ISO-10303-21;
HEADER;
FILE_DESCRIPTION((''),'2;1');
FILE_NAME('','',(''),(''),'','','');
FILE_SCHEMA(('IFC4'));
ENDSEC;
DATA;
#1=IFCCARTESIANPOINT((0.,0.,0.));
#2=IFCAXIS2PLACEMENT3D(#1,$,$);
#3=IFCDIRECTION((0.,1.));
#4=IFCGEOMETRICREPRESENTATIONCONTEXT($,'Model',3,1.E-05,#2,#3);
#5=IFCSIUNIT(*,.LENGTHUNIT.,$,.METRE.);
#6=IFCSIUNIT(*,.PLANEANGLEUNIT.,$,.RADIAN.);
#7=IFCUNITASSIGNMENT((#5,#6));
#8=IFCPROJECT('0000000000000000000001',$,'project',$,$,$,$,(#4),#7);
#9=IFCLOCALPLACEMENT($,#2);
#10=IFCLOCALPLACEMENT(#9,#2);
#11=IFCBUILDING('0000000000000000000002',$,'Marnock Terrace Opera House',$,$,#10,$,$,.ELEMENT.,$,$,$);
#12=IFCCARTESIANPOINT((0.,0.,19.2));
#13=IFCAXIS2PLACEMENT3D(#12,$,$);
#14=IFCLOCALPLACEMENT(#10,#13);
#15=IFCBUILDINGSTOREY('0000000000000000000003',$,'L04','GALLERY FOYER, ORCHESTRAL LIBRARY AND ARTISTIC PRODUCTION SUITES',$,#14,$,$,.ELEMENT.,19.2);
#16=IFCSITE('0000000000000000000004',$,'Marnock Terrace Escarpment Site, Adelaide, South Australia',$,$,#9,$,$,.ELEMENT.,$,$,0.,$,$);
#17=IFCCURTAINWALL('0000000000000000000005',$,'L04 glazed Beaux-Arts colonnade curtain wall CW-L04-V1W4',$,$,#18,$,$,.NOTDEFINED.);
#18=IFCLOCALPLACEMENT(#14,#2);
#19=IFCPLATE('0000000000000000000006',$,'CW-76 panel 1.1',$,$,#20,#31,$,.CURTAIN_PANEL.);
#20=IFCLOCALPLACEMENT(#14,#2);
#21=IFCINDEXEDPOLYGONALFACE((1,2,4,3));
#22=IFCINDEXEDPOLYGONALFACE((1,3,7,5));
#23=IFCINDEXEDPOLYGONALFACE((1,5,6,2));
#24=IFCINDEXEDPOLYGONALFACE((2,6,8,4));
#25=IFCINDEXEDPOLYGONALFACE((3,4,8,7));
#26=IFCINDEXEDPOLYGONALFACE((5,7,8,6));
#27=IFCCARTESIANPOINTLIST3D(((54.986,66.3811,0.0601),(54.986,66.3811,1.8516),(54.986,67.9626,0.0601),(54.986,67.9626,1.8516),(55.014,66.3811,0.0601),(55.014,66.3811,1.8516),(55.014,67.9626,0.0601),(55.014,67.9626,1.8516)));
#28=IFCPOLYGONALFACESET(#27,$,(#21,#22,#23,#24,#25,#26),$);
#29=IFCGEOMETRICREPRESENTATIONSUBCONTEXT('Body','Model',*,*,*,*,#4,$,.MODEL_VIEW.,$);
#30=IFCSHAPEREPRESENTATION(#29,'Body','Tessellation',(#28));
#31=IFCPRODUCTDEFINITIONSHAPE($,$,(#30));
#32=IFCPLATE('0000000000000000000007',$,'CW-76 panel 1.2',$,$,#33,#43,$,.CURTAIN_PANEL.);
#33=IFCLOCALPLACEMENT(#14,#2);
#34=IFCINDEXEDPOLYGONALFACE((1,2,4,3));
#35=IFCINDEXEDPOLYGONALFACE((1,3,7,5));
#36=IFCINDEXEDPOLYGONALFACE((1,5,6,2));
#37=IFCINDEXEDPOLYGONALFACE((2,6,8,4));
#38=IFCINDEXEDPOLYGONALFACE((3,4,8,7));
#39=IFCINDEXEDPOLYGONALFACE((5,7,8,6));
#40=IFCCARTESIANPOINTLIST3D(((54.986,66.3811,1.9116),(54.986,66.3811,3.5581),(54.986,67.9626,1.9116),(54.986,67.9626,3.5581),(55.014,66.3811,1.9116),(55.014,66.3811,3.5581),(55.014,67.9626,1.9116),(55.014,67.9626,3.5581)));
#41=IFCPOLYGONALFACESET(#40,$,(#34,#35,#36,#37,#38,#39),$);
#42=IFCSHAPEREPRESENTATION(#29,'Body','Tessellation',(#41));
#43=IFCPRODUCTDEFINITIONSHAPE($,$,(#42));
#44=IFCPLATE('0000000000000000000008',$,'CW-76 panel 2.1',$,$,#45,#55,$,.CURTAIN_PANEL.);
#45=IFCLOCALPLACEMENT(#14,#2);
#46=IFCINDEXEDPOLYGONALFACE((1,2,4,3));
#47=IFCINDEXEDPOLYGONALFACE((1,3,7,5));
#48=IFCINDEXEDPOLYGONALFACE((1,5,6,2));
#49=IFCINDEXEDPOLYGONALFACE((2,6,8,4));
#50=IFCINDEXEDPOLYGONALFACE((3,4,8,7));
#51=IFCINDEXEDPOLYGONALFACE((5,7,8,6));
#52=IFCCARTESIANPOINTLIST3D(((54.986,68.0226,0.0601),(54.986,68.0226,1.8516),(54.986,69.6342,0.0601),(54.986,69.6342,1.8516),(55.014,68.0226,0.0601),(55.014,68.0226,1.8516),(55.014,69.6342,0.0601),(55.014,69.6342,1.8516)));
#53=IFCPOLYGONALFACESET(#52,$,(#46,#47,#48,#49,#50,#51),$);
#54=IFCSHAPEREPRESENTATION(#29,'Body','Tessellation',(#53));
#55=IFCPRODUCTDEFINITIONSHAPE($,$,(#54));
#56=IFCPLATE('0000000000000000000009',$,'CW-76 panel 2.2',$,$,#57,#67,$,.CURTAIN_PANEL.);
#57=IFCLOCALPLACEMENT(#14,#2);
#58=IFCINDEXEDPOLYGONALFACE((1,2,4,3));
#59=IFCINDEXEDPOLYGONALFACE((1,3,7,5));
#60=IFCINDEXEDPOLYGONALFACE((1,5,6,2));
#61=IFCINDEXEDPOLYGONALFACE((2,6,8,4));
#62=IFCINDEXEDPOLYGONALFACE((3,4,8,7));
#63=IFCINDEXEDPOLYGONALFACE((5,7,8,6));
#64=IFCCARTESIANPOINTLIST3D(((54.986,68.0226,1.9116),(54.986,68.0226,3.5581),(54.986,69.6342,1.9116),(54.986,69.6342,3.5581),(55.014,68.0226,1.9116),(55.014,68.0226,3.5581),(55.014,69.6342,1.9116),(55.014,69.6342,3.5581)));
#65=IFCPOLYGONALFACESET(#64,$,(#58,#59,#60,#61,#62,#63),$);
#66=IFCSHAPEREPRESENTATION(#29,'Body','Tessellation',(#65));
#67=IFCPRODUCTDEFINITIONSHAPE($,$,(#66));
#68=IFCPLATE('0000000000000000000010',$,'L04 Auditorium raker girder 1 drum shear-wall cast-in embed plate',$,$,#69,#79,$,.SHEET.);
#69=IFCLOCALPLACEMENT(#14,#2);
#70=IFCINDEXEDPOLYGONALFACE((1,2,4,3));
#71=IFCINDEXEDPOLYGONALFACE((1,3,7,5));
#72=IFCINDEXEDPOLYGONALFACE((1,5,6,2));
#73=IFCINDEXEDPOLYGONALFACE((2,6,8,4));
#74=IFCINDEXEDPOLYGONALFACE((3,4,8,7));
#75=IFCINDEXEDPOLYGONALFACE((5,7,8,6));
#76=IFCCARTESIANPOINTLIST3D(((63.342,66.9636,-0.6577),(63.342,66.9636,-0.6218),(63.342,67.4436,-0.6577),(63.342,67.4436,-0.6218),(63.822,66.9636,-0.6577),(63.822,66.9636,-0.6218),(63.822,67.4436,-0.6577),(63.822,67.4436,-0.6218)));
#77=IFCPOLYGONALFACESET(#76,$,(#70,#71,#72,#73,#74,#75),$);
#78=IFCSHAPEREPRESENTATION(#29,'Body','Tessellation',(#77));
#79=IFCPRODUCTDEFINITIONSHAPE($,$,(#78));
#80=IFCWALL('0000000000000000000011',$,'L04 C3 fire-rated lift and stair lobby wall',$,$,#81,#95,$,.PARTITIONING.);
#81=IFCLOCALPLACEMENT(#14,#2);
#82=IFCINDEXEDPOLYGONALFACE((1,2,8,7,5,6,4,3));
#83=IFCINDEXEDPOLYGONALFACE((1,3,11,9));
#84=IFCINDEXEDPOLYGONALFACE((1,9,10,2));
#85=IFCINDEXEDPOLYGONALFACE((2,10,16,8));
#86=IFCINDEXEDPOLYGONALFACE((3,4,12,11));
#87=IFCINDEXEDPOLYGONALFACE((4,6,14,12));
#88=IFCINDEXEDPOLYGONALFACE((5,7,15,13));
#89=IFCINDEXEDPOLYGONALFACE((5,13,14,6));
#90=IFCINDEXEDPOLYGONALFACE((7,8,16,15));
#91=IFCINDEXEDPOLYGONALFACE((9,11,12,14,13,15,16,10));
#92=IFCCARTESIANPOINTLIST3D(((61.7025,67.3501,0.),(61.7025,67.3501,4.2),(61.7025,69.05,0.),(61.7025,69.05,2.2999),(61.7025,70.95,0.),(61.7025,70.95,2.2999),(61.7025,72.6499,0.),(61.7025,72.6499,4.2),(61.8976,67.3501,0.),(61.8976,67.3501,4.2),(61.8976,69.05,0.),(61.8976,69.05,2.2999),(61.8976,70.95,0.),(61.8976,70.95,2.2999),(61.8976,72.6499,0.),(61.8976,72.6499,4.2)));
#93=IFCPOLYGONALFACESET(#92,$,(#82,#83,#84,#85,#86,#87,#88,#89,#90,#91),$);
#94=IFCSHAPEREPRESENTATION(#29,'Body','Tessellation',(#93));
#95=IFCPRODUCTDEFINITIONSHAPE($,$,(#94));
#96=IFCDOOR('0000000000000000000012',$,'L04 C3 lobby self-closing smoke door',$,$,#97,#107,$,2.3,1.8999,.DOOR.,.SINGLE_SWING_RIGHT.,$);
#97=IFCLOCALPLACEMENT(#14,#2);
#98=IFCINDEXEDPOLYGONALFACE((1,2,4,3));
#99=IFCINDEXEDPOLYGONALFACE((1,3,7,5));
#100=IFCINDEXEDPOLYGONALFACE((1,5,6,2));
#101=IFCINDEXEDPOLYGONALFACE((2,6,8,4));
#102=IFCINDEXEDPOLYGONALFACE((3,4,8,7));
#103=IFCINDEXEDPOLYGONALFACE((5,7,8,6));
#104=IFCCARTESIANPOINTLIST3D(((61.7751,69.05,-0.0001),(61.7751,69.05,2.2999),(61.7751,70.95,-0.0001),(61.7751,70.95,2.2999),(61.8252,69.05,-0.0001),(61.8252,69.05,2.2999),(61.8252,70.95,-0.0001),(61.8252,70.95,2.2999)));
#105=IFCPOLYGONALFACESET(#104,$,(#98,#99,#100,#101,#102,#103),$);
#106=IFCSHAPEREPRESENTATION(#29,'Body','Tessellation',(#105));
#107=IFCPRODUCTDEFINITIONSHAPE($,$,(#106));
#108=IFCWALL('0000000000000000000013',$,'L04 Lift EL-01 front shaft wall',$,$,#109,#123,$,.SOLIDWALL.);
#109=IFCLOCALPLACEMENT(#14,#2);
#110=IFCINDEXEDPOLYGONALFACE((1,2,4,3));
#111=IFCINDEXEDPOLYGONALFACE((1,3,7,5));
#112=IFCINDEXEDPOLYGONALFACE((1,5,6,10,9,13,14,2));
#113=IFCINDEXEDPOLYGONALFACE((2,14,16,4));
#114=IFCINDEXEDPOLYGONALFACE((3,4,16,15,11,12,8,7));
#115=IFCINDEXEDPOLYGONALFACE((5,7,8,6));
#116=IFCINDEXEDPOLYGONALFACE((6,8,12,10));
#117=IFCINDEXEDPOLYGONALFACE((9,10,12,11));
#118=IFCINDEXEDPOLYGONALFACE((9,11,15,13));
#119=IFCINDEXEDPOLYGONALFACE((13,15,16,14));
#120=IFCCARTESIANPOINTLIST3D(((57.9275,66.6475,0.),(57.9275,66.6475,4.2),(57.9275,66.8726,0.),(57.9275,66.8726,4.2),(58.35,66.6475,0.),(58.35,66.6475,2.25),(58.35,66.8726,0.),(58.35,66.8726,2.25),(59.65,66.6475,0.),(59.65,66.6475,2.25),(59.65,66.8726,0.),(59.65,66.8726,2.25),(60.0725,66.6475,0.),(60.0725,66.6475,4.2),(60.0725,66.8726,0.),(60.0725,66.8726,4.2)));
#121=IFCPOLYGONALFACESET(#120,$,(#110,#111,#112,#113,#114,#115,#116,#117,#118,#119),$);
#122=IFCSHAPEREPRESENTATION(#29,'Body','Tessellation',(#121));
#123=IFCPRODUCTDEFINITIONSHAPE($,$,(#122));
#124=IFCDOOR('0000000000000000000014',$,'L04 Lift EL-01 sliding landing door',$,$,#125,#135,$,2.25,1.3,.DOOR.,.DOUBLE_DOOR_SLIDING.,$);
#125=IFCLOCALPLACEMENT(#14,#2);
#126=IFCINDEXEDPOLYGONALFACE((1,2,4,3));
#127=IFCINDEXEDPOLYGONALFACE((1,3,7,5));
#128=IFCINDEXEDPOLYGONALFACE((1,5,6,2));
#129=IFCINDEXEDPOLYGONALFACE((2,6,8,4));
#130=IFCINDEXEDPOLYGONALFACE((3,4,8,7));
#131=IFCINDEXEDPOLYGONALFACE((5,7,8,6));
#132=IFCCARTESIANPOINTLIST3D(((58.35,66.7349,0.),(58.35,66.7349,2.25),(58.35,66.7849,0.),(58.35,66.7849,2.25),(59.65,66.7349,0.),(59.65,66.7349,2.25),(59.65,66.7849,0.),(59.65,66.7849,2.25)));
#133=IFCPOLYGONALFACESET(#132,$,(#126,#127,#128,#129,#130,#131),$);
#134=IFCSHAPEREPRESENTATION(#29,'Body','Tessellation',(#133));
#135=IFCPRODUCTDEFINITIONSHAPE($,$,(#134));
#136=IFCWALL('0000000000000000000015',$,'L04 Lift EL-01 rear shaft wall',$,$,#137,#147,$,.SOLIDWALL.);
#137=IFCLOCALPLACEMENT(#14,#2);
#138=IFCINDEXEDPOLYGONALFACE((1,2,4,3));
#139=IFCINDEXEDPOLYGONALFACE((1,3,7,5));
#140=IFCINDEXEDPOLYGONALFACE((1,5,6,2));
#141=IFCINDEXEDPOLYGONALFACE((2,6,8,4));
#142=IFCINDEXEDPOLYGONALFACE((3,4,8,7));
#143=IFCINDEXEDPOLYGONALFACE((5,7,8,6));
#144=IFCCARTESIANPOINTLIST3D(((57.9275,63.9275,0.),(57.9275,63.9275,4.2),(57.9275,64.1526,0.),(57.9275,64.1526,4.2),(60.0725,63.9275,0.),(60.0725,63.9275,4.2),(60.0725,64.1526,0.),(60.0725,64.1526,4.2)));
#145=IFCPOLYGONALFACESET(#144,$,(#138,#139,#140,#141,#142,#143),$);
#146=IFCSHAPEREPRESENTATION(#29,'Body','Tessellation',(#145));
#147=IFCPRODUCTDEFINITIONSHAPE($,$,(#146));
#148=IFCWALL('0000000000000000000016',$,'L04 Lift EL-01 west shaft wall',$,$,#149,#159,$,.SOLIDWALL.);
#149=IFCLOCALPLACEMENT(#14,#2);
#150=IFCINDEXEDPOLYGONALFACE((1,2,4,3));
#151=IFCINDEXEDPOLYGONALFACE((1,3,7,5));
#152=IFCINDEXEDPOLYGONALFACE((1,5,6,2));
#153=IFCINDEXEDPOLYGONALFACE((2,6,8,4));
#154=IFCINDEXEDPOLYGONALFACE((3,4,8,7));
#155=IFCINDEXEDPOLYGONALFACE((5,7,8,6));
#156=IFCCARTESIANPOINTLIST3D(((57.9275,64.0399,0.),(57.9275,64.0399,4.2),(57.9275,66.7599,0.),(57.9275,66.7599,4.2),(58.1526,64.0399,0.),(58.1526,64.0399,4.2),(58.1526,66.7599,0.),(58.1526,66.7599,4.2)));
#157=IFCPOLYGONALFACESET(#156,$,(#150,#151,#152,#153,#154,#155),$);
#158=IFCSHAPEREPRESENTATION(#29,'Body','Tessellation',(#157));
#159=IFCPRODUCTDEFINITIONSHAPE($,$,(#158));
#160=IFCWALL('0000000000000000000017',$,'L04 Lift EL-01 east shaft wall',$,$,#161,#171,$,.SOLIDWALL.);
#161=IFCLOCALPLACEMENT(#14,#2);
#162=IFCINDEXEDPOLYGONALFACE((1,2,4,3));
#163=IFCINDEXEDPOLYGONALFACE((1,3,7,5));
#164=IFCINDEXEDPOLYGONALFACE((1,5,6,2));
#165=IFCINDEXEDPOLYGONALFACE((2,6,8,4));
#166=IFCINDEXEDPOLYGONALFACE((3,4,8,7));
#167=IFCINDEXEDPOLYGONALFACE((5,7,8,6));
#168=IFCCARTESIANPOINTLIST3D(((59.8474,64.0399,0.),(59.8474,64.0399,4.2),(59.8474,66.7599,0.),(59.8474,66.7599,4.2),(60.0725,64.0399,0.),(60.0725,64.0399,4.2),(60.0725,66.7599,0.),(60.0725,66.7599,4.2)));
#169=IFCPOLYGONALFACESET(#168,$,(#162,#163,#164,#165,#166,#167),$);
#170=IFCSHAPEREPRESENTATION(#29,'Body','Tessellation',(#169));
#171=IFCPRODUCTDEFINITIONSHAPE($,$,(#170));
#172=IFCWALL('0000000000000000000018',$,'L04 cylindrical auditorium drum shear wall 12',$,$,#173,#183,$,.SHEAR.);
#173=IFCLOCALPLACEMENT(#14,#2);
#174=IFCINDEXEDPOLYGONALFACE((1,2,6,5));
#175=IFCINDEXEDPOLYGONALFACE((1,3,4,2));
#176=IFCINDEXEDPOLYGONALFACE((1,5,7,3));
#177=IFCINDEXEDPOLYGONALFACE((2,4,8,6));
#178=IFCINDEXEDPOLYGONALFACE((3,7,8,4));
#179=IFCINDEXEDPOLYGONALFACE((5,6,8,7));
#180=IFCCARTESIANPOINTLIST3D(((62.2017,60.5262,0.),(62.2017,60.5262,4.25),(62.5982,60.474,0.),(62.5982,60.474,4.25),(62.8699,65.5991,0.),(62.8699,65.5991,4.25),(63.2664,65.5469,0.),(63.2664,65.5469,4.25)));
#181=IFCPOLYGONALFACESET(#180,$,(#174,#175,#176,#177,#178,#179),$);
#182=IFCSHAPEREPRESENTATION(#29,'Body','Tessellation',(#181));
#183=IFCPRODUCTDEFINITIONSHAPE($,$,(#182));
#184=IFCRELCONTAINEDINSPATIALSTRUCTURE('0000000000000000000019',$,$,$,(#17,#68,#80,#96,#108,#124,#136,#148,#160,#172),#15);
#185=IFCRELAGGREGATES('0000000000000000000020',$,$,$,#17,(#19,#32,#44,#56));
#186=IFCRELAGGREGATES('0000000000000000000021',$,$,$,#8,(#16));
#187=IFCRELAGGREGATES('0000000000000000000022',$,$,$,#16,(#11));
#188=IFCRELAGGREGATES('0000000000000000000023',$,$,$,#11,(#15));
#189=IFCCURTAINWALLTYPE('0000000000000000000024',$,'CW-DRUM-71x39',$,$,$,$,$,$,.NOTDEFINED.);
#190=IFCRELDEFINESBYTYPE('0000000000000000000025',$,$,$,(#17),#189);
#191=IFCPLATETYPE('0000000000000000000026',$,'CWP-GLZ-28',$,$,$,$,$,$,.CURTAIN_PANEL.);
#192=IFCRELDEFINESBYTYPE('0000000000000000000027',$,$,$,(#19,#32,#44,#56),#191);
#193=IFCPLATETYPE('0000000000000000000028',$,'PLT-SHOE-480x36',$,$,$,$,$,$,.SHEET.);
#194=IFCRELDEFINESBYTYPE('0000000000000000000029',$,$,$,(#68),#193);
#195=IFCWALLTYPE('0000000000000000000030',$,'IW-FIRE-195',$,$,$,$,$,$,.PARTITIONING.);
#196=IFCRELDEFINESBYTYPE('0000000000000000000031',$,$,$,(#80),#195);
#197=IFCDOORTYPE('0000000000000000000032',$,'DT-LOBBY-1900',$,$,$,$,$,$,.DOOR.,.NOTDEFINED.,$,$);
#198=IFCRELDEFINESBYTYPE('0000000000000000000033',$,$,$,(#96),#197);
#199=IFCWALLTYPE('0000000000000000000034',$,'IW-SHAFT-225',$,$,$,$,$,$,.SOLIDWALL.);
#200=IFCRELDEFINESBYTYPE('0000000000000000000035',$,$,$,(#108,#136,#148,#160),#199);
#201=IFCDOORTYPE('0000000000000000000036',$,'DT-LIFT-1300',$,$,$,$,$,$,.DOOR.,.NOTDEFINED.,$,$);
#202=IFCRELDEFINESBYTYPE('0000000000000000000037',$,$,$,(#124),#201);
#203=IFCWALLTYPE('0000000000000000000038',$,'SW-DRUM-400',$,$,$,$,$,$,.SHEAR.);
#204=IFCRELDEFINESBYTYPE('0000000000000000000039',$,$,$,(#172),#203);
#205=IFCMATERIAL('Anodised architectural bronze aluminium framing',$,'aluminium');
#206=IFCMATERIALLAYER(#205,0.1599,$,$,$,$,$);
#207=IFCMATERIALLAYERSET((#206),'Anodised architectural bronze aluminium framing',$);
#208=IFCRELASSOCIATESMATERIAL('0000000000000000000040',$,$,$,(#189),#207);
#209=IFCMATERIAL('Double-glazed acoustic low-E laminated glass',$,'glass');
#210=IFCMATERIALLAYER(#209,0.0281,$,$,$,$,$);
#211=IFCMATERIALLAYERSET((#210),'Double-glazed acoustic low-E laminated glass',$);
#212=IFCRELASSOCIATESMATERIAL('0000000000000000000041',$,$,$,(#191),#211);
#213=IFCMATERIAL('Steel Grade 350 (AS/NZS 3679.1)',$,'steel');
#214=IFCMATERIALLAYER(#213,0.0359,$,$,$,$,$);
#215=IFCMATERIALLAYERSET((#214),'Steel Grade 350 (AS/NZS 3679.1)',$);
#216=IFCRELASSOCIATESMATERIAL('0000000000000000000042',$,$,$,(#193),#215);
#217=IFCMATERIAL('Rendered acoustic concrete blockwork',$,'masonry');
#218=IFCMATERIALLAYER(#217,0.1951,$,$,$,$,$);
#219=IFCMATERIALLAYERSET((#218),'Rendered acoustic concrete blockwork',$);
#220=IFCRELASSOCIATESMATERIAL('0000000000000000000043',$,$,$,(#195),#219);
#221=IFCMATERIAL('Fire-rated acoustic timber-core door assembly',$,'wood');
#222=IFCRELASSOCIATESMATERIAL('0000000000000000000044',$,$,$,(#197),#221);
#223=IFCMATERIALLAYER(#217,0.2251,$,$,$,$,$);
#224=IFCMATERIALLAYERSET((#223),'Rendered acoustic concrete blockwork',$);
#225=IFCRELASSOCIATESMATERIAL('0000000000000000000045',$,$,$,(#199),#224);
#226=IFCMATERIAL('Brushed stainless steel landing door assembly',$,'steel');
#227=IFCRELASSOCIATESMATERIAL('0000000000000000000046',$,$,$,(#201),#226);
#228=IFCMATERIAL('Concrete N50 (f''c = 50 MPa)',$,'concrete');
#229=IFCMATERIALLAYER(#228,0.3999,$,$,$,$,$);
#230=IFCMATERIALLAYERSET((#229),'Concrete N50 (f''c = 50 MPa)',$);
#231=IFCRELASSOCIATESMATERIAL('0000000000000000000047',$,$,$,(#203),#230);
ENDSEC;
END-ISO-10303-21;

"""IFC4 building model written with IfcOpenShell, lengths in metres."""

from ifc_helpers import new_model, si_unit, direction, frame, frame_2d, origin, origin_2d, place, context, subcontext, project, spatial, rectangle, extrude, material, layer, layer_set, type_object, element, fill, aggregate, save


model = new_model("IFC4")

# Units and contexts
model_context = context("Model", 3, precision=1e-05, world=origin(), true_north=direction((0.0, 1.0)))
body_context = subcontext(model_context, "Body", "Model", "MODEL_VIEW")
ifc_project = project(units=[si_unit("LENGTHUNIT", "METRE"), si_unit("PLANEANGLEUNIT", "RADIAN")], contexts=[model_context])

# Site, building, storey
site_placement = place(None, origin())
site = spatial("IfcSite", under=ifc_project, at=site_placement, Name="Marnock Terrace Escarpment Site, Adelaide, South Australia", CompositionType="ELEMENT", RefElevation=0.0)
building_placement = place(site_placement, origin())
building = spatial("IfcBuilding", under=site, at=building_placement, Name="Marnock Terrace Opera House", CompositionType="ELEMENT")
storey_placement = place(building_placement, frame((0.0, 0.0, 19.2)))
storey = spatial("IfcBuildingStorey", under=building, at=storey_placement, Name="L04", Description="GALLERY FOYER, ORCHESTRAL LIBRARY AND ARTISTIC PRODUCTION SUITES", CompositionType="ELEMENT", Elevation=19.2)

# Shared definitions
ifc_material_1 = material(Name="Steel Grade 350 (AS/NZS 3679.1)", Category="steel")

# Curtain wall, plates
ifc_material_2 = material(Name="Anodised architectural bronze aluminium framing", Category="aluminium")
ifc_layer_1 = layer(ifc_material_2, 0.1599)
ifc_layer_set_1 = layer_set([ifc_layer_1], Name="Anodised architectural bronze aluminium framing")
curtain_wall_type = type_object("IfcCurtainWallType", Name="CW-DRUM-71x39", PredefinedType="NOTDEFINED", material=ifc_layer_set_1)
curtain_wall_placement = place(storey_placement, origin())
curtain_wall = element("IfcCurtainWall", 1, at=curtain_wall_placement, inside=storey, type_object=curtain_wall_type, Name="L04 glazed Beaux-Arts colonnade curtain wall CW-L04-V1W4", PredefinedType="NOTDEFINED")
ifc_material_3 = material(Name="Double-glazed acoustic low-E laminated glass", Category="glass")
ifc_layer_2 = layer(ifc_material_3, 0.0281)
ifc_layer_set_2 = layer_set([ifc_layer_2], Name="Double-glazed acoustic low-E laminated glass")
plate_type_1 = type_object("IfcPlateType", Name="CWP-GLZ-28", PredefinedType="CURTAIN_PANEL", material=ifc_layer_set_2)
plate_1_placement = place(storey_placement, frame((55.0, 67.1719, 0.0601), z_axis=(0.0, 0.0, 1.0), x_axis=(0.0, 1.0, 0.0)))
plate_1 = element("IfcPlate", 2, at=plate_1_placement, type_object=plate_type_1, Name="CW-76 panel 1.1", PredefinedType="CURTAIN_PANEL", context=body_context, shape_type="SweptSolid", body=[
    extrude(rectangle(XDim=1.5815, YDim=0.0281, at=origin_2d()), origin(), (0.0, 0.0, 1.0), 1.7915),
])
plate_2_placement = place(storey_placement, frame((55.0, 67.1719, 1.9116), z_axis=(0.0, 0.0, 1.0), x_axis=(0.0, 1.0, 0.0)))
plate_2 = element("IfcPlate", 3, at=plate_2_placement, type_object=plate_type_1, Name="CW-76 panel 1.2", PredefinedType="CURTAIN_PANEL", context=body_context, shape_type="SweptSolid", body=[
    extrude(rectangle(XDim=1.5815, YDim=0.0281, at=origin_2d()), origin(), (0.0, 0.0, 1.0), 1.6465),
])
plate_3_placement = place(storey_placement, frame((55.0, 68.8284, 0.0601), z_axis=(0.0, 0.0, 1.0), x_axis=(0.0, 1.0, 0.0)))
plate_3 = element("IfcPlate", 4, at=plate_3_placement, type_object=plate_type_1, Name="CW-76 panel 2.1", PredefinedType="CURTAIN_PANEL", context=body_context, shape_type="SweptSolid", body=[
    extrude(rectangle(XDim=1.6116, YDim=0.0281, at=origin_2d()), origin(), (0.0, 0.0, 1.0), 1.7915),
])
plate_4_placement = place(storey_placement, frame((55.0, 68.8284, 1.9116), z_axis=(0.0, 0.0, 1.0), x_axis=(0.0, 1.0, 0.0)))
plate_4 = element("IfcPlate", 5, at=plate_4_placement, type_object=plate_type_1, Name="CW-76 panel 2.2", PredefinedType="CURTAIN_PANEL", context=body_context, shape_type="SweptSolid", body=[
    extrude(rectangle(XDim=1.6116, YDim=0.0281, at=origin_2d()), origin(), (0.0, 0.0, 1.0), 1.6465),
])
aggregate(curtain_wall, [plate_1, plate_2, plate_3, plate_4])

# Plate
ifc_layer_3 = layer(ifc_material_1, 0.0359)
ifc_layer_set_3 = layer_set([ifc_layer_3], Name="Steel Grade 350 (AS/NZS 3679.1)")
plate_type_2 = type_object("IfcPlateType", Name="PLT-SHOE-480x36", PredefinedType="SHEET", material=ifc_layer_set_3)
plate_5_placement = place(storey_placement, frame((63.582, 67.2036, -0.6577), z_axis=(0.0, 0.0, 1.0), x_axis=(1.0, 0.0, 0.0)))
element("IfcPlate", 6, at=plate_5_placement, inside=storey, type_object=plate_type_2, Name="L04 Auditorium raker girder 1 drum shear-wall cast-in embed plate", PredefinedType="SHEET", context=body_context, shape_type="SweptSolid", body=[
    extrude(rectangle(XDim=0.48, YDim=0.48, at=origin_2d()), origin(), (0.0, 0.0, 1.0), 0.0359),
])

# Walls, openings, doors
ifc_material_4 = material(Name="Rendered acoustic concrete blockwork", Category="masonry")
ifc_layer_4 = layer(ifc_material_4, 0.1951)
ifc_layer_set_4 = layer_set([ifc_layer_4], Name="Rendered acoustic concrete blockwork")
wall_type_1 = type_object("IfcWallType", Name="IW-FIRE-195", PredefinedType="PARTITIONING", material=ifc_layer_set_4)
wall_1_placement = place(storey_placement, frame((61.8, 67.3501, 0.0), z_axis=(0.0, 0.0, 1.0), x_axis=(0.0, 1.0, 0.0)))
wall_1 = element("IfcWall", 7, at=wall_1_placement, inside=storey, type_object=wall_type_1, Name="L04 C3 fire-rated lift and stair lobby wall", PredefinedType="PARTITIONING", context=body_context, shape_type="SweptSolid", body=[
    extrude(rectangle(XDim=5.2998, YDim=0.1951, at=frame_2d((2.6499, 0.0))), origin(), (0.0, 0.0, 1.0), 4.2),
])
opening_1_placement = place(wall_1_placement, frame((1.7, 0.0, 0.0)))
opening_1 = element("IfcOpeningElement", 8, at=opening_1_placement, cuts=wall_1, PredefinedType="OPENING", context=body_context, shape_type="SweptSolid", body=[
    extrude(rectangle(XDim=1.8999, YDim=2.3, at=frame_2d((0.95, 1.1499))), frame((0.0, 0.1074, 0.0), z_axis=(0.0, -1.0, 0.0), x_axis=(1.0, 0.0, 0.0)), (0.0, 0.0, 1.0), 0.2151),
])
ifc_material_5 = material(Name="Fire-rated acoustic timber-core door assembly", Category="wood")
door_type_1 = type_object("IfcDoorType", Name="DT-LOBBY-1900", OperationType="NOTDEFINED", PredefinedType="DOOR", material=ifc_material_5)
door_1_placement = place(opening_1_placement, origin())
door_1 = element("IfcDoor", 9, at=door_1_placement, inside=storey, type_object=door_type_1, Name="L04 C3 lobby self-closing smoke door", OperationType="SINGLE_SWING_RIGHT", OverallHeight=2.3, OverallWidth=1.8999, PredefinedType="DOOR", context=body_context, shape_type="SweptSolid", body=[
    extrude(rectangle(XDim=1.8999, YDim=2.3, at=frame_2d((0.95, 1.1499))), frame((0.0, 0.0249, 0.0), z_axis=(0.0, -1.0, 0.0), x_axis=(1.0, 0.0, 0.0)), (0.0, 0.0, 1.0), 0.05),
])
fill(opening_1, door_1)
ifc_layer_5 = layer(ifc_material_4, 0.2251)
ifc_layer_set_5 = layer_set([ifc_layer_5], Name="Rendered acoustic concrete blockwork")
wall_type_2 = type_object("IfcWallType", Name="IW-SHAFT-225", PredefinedType="SOLIDWALL", material=ifc_layer_set_5)
wall_2_placement = place(storey_placement, frame((57.9275, 66.76, 0.0), z_axis=(0.0, 0.0, 1.0), x_axis=(1.0, 0.0, 0.0)))
wall_2 = element("IfcWall", 10, at=wall_2_placement, inside=storey, type_object=wall_type_2, Name="L04 Lift EL-01 front shaft wall", PredefinedType="SOLIDWALL", context=body_context, shape_type="SweptSolid", body=[
    extrude(rectangle(XDim=2.145, YDim=0.2251, at=frame_2d((1.0725, 0.0))), origin(), (0.0, 0.0, 1.0), 4.2),
])
opening_2_placement = place(wall_2_placement, frame((0.4226, 0.0, 0.0)))
opening_2 = element("IfcOpeningElement", 11, at=opening_2_placement, cuts=wall_2, PredefinedType="OPENING", context=body_context, shape_type="SweptSolid", body=[
    extrude(rectangle(XDim=1.3, YDim=2.25, at=frame_2d((0.6499, 1.125))), frame((0.0, 0.1226, 0.0), z_axis=(0.0, -1.0, 0.0), x_axis=(1.0, 0.0, 0.0)), (0.0, 0.0, 1.0), 0.2451),
])
ifc_material_6 = material(Name="Brushed stainless steel landing door assembly", Category="steel")
door_type_2 = type_object("IfcDoorType", Name="DT-LIFT-1300", OperationType="NOTDEFINED", PredefinedType="DOOR", material=ifc_material_6)
door_2_placement = place(opening_2_placement, origin())
door_2 = element("IfcDoor", 12, at=door_2_placement, inside=storey, type_object=door_type_2, Name="L04 Lift EL-01 sliding landing door", OperationType="DOUBLE_DOOR_SLIDING", OverallHeight=2.25, OverallWidth=1.3, PredefinedType="DOOR", context=body_context, shape_type="SweptSolid", body=[
    extrude(rectangle(XDim=1.3, YDim=2.25, at=frame_2d((0.6499, 1.125))), frame((0.0, 0.0249, 0.0), z_axis=(0.0, -1.0, 0.0), x_axis=(1.0, 0.0, 0.0)), (0.0, 0.0, 1.0), 0.05),
])
fill(opening_2, door_2)

# Walls
wall_3_placement = place(storey_placement, frame((57.9275, 64.04, 0.0), z_axis=(0.0, 0.0, 1.0), x_axis=(1.0, 0.0, 0.0)))
element("IfcWall", 13, at=wall_3_placement, inside=storey, type_object=wall_type_2, Name="L04 Lift EL-01 rear shaft wall", PredefinedType="SOLIDWALL", context=body_context, shape_type="SweptSolid", body=[
    extrude(rectangle(XDim=2.145, YDim=0.2251, at=frame_2d((1.0725, 0.0))), origin(), (0.0, 0.0, 1.0), 4.2),
])
for number, where, z_axis, x_axis, name in (
    (14, (58.04, 64.04, 0.0), (0.0, 0.0, 1.0), (0.0, 1.0, 0.0), "L04 Lift EL-01 west shaft wall"),
    (15, (59.96, 64.04, 0.0), (0.0, 0.0, 1.0), (0.0, 1.0, 0.0), "L04 Lift EL-01 east shaft wall"),
):
    element("IfcWall", number, at=place(storey_placement, frame(where, z_axis=z_axis, x_axis=x_axis)), inside=storey, type_object=wall_type_2, Name=name, PredefinedType="SOLIDWALL", context=body_context, shape_type="SweptSolid", body=[
        extrude(rectangle(XDim=2.72, YDim=0.2251, at=frame_2d((1.3599, 0.0))), origin(), (0.0, 0.0, 1.0), 4.2),
    ])
ifc_material_7 = material(Name="Concrete N50 (f'c = 50 MPa)", Category="concrete")
ifc_layer_6 = layer(ifc_material_7, 0.3999)
ifc_layer_set_6 = layer_set([ifc_layer_6], Name="Concrete N50 (f'c = 50 MPa)")
wall_type_3 = type_object("IfcWallType", Name="SW-DRUM-400", PredefinedType="SHEAR", material=ifc_layer_set_6)
wall_4_placement = place(storey_placement, frame((63.0681, 65.573, 0.0), z_axis=(0.0, 0.0, 1.0), x_axis=(-0.130592, -0.991436, 0.0)))
element("IfcWall", 16, at=wall_4_placement, inside=storey, type_object=wall_type_3, Name="L04 cylindrical auditorium drum shear wall 12", PredefinedType="SHEAR", context=body_context, shape_type="SweptSolid", body=[
    extrude(rectangle(XDim=5.1167, YDim=0.3999, at=frame_2d((2.5583, 0.0))), origin(), (0.0, 0.0, 1.0), 4.25),
])

save(model, "model.ifc")
